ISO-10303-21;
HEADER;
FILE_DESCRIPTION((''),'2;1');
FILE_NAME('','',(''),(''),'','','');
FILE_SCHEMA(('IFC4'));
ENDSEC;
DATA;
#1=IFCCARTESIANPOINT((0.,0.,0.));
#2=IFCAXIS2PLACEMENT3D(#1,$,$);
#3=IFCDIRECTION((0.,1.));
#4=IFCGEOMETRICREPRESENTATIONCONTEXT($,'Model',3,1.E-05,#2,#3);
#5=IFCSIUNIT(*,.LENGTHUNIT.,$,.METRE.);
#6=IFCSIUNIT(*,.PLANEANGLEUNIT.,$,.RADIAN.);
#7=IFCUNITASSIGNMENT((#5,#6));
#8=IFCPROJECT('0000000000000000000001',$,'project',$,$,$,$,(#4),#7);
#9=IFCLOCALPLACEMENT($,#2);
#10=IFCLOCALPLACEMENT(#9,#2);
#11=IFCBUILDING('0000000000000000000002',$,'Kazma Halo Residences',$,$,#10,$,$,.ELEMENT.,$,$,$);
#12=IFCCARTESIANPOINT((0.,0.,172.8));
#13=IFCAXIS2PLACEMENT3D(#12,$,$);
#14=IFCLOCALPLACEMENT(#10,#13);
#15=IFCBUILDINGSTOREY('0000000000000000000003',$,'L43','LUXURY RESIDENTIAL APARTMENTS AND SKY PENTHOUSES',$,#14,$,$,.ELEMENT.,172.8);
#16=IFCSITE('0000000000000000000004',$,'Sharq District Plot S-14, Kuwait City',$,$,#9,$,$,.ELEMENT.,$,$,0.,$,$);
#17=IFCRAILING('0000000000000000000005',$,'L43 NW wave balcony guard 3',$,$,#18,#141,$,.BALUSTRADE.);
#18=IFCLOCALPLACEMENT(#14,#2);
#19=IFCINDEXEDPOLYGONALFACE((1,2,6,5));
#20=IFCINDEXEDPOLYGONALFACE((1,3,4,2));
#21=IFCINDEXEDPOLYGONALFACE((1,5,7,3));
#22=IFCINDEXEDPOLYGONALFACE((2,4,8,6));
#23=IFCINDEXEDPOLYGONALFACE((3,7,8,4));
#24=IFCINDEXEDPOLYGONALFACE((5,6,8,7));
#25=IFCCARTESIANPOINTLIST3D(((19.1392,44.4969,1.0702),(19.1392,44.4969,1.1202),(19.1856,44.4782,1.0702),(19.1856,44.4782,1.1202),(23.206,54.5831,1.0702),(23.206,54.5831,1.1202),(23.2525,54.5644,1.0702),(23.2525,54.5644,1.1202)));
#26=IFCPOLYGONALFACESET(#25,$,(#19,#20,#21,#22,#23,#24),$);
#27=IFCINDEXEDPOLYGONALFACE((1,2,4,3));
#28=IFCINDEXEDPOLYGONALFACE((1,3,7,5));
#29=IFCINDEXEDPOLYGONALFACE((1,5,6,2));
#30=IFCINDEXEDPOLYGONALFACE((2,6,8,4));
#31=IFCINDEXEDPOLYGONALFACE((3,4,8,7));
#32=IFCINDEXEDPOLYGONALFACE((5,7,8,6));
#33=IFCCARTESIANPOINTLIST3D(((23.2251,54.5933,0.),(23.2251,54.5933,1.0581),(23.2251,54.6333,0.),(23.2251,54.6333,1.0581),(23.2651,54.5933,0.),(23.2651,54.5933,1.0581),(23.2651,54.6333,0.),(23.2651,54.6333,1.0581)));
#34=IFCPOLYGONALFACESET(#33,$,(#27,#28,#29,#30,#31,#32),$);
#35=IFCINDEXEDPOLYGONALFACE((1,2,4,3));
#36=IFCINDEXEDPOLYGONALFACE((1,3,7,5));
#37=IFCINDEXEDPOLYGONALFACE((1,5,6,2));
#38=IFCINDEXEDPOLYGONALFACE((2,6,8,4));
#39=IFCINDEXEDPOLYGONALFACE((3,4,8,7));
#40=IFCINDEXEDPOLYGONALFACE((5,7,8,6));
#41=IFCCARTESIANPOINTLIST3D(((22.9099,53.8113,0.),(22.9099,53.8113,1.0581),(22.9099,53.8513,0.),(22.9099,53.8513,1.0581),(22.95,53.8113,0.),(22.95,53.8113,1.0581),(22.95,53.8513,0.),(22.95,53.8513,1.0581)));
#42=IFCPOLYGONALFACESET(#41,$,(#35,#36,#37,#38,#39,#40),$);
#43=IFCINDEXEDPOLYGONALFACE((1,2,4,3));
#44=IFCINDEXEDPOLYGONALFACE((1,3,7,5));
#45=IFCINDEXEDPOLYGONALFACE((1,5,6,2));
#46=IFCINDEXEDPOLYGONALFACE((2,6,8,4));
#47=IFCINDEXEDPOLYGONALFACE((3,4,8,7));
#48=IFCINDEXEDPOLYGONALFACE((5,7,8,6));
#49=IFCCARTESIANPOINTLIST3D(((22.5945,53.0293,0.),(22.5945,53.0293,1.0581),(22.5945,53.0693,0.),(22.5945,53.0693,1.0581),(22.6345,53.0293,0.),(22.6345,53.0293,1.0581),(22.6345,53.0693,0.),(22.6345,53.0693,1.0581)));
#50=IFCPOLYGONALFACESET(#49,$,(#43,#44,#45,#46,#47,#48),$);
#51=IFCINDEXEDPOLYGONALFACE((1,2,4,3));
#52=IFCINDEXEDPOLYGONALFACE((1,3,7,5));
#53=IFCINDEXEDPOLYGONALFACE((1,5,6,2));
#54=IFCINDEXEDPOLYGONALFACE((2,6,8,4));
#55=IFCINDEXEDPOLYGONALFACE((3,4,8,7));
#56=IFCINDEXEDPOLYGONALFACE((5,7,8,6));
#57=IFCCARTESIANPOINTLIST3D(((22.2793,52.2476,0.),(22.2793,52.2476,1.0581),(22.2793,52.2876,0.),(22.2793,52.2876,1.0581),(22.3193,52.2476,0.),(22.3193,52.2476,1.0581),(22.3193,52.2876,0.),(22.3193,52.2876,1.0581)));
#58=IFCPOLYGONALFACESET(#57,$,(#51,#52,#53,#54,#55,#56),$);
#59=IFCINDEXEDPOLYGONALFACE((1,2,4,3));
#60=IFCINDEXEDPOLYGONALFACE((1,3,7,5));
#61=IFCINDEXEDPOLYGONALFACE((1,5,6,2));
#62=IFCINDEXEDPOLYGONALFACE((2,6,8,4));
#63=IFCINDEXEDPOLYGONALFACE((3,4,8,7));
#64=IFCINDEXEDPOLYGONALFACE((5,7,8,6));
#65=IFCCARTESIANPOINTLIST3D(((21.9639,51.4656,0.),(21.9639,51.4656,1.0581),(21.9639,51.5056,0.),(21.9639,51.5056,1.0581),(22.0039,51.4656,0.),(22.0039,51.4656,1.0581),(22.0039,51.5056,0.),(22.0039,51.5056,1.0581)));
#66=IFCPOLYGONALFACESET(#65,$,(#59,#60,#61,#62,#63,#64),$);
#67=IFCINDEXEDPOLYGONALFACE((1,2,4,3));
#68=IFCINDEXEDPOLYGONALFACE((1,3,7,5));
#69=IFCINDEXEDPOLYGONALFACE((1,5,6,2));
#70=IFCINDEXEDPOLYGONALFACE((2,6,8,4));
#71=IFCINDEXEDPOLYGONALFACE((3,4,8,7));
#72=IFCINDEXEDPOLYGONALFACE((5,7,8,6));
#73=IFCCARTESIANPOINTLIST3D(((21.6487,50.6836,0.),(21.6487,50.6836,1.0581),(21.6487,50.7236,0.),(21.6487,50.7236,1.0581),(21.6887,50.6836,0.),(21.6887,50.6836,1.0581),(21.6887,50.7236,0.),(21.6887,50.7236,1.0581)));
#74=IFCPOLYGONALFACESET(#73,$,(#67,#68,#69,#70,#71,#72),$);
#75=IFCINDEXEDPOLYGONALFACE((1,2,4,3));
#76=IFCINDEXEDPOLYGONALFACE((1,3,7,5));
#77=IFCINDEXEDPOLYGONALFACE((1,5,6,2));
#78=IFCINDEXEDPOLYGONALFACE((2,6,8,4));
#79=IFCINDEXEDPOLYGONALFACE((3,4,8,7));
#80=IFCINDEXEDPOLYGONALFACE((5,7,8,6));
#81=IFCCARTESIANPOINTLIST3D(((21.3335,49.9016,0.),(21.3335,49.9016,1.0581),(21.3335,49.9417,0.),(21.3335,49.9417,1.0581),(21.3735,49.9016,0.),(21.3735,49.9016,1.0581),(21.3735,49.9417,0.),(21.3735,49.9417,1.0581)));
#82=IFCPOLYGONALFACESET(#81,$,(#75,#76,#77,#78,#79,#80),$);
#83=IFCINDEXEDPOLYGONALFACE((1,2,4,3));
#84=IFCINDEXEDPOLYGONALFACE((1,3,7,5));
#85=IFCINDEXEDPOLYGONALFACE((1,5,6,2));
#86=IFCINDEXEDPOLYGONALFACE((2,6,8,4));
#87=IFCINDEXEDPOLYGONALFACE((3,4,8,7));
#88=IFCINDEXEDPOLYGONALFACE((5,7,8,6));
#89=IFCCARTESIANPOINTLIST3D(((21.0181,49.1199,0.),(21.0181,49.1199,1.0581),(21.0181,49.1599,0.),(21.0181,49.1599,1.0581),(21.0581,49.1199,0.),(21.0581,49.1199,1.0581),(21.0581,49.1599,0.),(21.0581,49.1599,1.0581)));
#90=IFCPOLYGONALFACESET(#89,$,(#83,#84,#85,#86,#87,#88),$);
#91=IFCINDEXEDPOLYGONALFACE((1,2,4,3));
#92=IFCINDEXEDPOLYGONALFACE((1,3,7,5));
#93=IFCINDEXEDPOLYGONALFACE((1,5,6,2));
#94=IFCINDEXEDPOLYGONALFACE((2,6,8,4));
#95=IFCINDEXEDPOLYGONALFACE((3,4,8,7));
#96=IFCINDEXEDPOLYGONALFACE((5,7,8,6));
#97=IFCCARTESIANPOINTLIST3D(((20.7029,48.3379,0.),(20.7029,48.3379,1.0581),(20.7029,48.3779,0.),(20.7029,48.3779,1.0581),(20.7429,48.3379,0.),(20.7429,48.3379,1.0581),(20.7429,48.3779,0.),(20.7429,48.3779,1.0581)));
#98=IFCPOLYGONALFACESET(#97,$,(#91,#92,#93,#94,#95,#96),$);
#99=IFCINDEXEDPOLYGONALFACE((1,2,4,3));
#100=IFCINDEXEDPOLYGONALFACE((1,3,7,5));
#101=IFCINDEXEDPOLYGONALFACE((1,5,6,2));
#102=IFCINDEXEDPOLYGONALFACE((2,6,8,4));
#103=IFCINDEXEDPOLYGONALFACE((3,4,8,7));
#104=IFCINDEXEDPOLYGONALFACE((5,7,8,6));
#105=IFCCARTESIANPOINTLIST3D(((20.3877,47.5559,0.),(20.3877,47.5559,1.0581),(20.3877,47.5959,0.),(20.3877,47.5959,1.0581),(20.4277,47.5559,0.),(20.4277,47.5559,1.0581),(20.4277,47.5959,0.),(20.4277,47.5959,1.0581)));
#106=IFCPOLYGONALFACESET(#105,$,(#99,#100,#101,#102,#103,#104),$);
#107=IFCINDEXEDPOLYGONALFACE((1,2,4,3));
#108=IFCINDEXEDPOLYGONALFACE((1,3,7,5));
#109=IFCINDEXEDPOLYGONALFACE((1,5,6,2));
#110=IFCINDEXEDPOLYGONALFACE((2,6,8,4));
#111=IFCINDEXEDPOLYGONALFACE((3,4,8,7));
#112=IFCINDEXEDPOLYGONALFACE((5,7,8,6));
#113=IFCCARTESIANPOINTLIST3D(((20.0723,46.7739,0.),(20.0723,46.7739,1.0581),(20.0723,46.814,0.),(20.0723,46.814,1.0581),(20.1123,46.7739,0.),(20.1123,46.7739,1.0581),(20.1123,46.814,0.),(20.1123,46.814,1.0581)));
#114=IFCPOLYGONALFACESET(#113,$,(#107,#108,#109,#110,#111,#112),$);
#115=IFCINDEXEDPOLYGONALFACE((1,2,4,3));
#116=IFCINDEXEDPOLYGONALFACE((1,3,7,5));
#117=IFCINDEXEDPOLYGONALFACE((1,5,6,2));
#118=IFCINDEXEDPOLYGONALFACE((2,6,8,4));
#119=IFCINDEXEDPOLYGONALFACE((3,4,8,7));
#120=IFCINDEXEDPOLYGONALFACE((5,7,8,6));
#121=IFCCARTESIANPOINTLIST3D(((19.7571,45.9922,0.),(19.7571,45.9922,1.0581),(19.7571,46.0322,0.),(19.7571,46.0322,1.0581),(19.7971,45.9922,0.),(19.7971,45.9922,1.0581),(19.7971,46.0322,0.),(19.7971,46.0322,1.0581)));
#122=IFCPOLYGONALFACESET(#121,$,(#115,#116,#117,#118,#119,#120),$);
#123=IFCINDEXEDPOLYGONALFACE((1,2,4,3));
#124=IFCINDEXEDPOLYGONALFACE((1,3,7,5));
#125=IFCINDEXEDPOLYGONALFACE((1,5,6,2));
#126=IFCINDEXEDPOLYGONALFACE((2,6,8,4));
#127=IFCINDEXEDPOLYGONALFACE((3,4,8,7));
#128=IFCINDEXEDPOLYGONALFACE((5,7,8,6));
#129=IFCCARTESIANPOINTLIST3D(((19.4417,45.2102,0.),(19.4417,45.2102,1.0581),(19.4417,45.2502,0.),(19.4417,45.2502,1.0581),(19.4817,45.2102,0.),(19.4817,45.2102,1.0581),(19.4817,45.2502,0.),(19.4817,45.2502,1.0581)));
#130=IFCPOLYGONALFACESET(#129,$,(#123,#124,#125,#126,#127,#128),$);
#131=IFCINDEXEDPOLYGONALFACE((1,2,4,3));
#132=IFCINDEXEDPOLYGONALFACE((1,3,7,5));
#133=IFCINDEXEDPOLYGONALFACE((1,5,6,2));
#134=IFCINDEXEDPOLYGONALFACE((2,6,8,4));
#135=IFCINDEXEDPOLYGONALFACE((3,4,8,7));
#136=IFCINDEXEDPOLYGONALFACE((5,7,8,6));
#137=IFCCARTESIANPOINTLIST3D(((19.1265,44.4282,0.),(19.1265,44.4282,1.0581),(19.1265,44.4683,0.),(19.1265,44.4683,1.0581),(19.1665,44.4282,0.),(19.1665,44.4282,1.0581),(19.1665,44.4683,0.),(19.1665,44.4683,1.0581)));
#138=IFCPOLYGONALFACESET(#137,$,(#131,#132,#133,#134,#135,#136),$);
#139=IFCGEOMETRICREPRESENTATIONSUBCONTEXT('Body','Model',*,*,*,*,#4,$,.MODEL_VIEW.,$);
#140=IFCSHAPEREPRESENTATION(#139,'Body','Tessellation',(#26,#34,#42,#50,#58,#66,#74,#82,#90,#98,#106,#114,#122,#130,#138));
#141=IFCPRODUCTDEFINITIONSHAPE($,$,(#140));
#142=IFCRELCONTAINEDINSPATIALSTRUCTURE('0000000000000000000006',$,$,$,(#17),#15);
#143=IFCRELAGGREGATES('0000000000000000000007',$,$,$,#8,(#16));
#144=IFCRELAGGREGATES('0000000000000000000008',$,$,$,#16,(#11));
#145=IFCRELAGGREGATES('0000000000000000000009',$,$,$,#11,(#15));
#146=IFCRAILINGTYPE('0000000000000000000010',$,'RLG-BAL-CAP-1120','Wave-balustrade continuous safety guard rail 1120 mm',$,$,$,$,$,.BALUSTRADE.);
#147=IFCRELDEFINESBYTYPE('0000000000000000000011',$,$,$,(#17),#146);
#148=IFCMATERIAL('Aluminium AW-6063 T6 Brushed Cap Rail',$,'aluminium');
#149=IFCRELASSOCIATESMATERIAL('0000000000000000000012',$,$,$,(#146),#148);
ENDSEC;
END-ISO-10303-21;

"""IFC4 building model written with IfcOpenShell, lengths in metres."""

from ifc_helpers import new_model, si_unit, direction, frame, origin, origin_2d, place, context, subcontext, project, spatial, rectangle, extrude, material, type_object, element, save


model = new_model("IFC4")

# Units and contexts
model_context = context("Model", 3, precision=1e-05, world=origin(), true_north=direction((0.0, 1.0)))
body_context = subcontext(model_context, "Body", "Model", "MODEL_VIEW")
ifc_project = project(units=[si_unit("LENGTHUNIT", "METRE"), si_unit("PLANEANGLEUNIT", "RADIAN")], contexts=[model_context])

# Site, building, storey
site_placement = place(None, origin())
site = spatial("IfcSite", under=ifc_project, at=site_placement, Name="Sharq District Plot S-14, Kuwait City", CompositionType="ELEMENT", RefElevation=0.0)
building_placement = place(site_placement, origin())
building = spatial("IfcBuilding", under=site, at=building_placement, Name="Kazma Halo Residences", CompositionType="ELEMENT")
storey_placement = place(building_placement, frame((0.0, 0.0, 172.8)))
storey = spatial("IfcBuildingStorey", under=building, at=storey_placement, Name="L43", Description="LUXURY RESIDENTIAL APARTMENTS AND SKY PENTHOUSES", CompositionType="ELEMENT", Elevation=172.8)

# Railing
ifc_material_1 = material(Name="Aluminium AW-6063 T6 Brushed Cap Rail", Category="aluminium")
railing_type = type_object("IfcRailingType", Name="RLG-BAL-CAP-1120", Description="Wave-balustrade continuous safety guard rail 1120 mm", PredefinedType="BALUSTRADE", material=ifc_material_1)
railing_1_placement = place(storey_placement, frame((23.2451, 54.6133, 0.0)))
element("IfcRailing", 1, at=railing_1_placement, inside=storey, type_object=railing_type, Name="L43 NW wave balcony guard 3", PredefinedType="BALUSTRADE", context=body_context, shape_type="SweptSolid", body=[
    extrude(rectangle(XDim=0.05, YDim=0.05, at=origin_2d()), frame((-0.0159, -0.0396, 1.0952), z_axis=(-0.373955, -0.927447, 0.0), x_axis=(0.927447, -0.373955, 0.0)), (0.0, 0.0, 1.0), 10.8752),
    extrude(rectangle(XDim=0.04, YDim=0.04, at=origin_2d()), origin(), (0.0, 0.0, 1.0), 1.0581),
    extrude(rectangle(XDim=0.04, YDim=0.04, at=origin_2d()), frame((-0.3152, -0.782, 0.0)), (0.0, 0.0, 1.0), 1.0581),
    extrude(rectangle(XDim=0.04, YDim=0.04, at=origin_2d()), frame((-0.6306, -1.564, 0.0)), (0.0, 0.0, 1.0), 1.0581),
    extrude(rectangle(XDim=0.04, YDim=0.04, at=origin_2d()), frame((-0.9458, -2.3457, 0.0)), (0.0, 0.0, 1.0), 1.0581),
    extrude(rectangle(XDim=0.04, YDim=0.04, at=origin_2d()), frame((-1.2612, -3.1277, 0.0)), (0.0, 0.0, 1.0), 1.0581),
    extrude(rectangle(XDim=0.04, YDim=0.04, at=origin_2d()), frame((-1.5764, -3.9097, 0.0)), (0.0, 0.0, 1.0), 1.0581),
    extrude(rectangle(XDim=0.04, YDim=0.04, at=origin_2d()), frame((-1.8916, -4.6917, 0.0)), (0.0, 0.0, 1.0), 1.0581),
    extrude(rectangle(XDim=0.04, YDim=0.04, at=origin_2d()), frame((-2.207, -5.4734, 0.0)), (0.0, 0.0, 1.0), 1.0581),
    extrude(rectangle(XDim=0.04, YDim=0.04, at=origin_2d()), frame((-2.5222, -6.2554, 0.0)), (0.0, 0.0, 1.0), 1.0581),
    extrude(rectangle(XDim=0.04, YDim=0.04, at=origin_2d()), frame((-2.8374, -7.0374, 0.0)), (0.0, 0.0, 1.0), 1.0581),
    extrude(rectangle(XDim=0.04, YDim=0.04, at=origin_2d()), frame((-3.1528, -7.8193, 0.0)), (0.0, 0.0, 1.0), 1.0581),
    extrude(rectangle(XDim=0.04, YDim=0.04, at=origin_2d()), frame((-3.468, -8.6011, 0.0)), (0.0, 0.0, 1.0), 1.0581),
    extrude(rectangle(XDim=0.04, YDim=0.04, at=origin_2d()), frame((-3.7834, -9.3831, 0.0)), (0.0, 0.0, 1.0), 1.0581),
    extrude(rectangle(XDim=0.04, YDim=0.04, at=origin_2d()), frame((-4.0986, -10.165, 0.0)), (0.0, 0.0, 1.0), 1.0581),
])

save(model, "model.ifc")
